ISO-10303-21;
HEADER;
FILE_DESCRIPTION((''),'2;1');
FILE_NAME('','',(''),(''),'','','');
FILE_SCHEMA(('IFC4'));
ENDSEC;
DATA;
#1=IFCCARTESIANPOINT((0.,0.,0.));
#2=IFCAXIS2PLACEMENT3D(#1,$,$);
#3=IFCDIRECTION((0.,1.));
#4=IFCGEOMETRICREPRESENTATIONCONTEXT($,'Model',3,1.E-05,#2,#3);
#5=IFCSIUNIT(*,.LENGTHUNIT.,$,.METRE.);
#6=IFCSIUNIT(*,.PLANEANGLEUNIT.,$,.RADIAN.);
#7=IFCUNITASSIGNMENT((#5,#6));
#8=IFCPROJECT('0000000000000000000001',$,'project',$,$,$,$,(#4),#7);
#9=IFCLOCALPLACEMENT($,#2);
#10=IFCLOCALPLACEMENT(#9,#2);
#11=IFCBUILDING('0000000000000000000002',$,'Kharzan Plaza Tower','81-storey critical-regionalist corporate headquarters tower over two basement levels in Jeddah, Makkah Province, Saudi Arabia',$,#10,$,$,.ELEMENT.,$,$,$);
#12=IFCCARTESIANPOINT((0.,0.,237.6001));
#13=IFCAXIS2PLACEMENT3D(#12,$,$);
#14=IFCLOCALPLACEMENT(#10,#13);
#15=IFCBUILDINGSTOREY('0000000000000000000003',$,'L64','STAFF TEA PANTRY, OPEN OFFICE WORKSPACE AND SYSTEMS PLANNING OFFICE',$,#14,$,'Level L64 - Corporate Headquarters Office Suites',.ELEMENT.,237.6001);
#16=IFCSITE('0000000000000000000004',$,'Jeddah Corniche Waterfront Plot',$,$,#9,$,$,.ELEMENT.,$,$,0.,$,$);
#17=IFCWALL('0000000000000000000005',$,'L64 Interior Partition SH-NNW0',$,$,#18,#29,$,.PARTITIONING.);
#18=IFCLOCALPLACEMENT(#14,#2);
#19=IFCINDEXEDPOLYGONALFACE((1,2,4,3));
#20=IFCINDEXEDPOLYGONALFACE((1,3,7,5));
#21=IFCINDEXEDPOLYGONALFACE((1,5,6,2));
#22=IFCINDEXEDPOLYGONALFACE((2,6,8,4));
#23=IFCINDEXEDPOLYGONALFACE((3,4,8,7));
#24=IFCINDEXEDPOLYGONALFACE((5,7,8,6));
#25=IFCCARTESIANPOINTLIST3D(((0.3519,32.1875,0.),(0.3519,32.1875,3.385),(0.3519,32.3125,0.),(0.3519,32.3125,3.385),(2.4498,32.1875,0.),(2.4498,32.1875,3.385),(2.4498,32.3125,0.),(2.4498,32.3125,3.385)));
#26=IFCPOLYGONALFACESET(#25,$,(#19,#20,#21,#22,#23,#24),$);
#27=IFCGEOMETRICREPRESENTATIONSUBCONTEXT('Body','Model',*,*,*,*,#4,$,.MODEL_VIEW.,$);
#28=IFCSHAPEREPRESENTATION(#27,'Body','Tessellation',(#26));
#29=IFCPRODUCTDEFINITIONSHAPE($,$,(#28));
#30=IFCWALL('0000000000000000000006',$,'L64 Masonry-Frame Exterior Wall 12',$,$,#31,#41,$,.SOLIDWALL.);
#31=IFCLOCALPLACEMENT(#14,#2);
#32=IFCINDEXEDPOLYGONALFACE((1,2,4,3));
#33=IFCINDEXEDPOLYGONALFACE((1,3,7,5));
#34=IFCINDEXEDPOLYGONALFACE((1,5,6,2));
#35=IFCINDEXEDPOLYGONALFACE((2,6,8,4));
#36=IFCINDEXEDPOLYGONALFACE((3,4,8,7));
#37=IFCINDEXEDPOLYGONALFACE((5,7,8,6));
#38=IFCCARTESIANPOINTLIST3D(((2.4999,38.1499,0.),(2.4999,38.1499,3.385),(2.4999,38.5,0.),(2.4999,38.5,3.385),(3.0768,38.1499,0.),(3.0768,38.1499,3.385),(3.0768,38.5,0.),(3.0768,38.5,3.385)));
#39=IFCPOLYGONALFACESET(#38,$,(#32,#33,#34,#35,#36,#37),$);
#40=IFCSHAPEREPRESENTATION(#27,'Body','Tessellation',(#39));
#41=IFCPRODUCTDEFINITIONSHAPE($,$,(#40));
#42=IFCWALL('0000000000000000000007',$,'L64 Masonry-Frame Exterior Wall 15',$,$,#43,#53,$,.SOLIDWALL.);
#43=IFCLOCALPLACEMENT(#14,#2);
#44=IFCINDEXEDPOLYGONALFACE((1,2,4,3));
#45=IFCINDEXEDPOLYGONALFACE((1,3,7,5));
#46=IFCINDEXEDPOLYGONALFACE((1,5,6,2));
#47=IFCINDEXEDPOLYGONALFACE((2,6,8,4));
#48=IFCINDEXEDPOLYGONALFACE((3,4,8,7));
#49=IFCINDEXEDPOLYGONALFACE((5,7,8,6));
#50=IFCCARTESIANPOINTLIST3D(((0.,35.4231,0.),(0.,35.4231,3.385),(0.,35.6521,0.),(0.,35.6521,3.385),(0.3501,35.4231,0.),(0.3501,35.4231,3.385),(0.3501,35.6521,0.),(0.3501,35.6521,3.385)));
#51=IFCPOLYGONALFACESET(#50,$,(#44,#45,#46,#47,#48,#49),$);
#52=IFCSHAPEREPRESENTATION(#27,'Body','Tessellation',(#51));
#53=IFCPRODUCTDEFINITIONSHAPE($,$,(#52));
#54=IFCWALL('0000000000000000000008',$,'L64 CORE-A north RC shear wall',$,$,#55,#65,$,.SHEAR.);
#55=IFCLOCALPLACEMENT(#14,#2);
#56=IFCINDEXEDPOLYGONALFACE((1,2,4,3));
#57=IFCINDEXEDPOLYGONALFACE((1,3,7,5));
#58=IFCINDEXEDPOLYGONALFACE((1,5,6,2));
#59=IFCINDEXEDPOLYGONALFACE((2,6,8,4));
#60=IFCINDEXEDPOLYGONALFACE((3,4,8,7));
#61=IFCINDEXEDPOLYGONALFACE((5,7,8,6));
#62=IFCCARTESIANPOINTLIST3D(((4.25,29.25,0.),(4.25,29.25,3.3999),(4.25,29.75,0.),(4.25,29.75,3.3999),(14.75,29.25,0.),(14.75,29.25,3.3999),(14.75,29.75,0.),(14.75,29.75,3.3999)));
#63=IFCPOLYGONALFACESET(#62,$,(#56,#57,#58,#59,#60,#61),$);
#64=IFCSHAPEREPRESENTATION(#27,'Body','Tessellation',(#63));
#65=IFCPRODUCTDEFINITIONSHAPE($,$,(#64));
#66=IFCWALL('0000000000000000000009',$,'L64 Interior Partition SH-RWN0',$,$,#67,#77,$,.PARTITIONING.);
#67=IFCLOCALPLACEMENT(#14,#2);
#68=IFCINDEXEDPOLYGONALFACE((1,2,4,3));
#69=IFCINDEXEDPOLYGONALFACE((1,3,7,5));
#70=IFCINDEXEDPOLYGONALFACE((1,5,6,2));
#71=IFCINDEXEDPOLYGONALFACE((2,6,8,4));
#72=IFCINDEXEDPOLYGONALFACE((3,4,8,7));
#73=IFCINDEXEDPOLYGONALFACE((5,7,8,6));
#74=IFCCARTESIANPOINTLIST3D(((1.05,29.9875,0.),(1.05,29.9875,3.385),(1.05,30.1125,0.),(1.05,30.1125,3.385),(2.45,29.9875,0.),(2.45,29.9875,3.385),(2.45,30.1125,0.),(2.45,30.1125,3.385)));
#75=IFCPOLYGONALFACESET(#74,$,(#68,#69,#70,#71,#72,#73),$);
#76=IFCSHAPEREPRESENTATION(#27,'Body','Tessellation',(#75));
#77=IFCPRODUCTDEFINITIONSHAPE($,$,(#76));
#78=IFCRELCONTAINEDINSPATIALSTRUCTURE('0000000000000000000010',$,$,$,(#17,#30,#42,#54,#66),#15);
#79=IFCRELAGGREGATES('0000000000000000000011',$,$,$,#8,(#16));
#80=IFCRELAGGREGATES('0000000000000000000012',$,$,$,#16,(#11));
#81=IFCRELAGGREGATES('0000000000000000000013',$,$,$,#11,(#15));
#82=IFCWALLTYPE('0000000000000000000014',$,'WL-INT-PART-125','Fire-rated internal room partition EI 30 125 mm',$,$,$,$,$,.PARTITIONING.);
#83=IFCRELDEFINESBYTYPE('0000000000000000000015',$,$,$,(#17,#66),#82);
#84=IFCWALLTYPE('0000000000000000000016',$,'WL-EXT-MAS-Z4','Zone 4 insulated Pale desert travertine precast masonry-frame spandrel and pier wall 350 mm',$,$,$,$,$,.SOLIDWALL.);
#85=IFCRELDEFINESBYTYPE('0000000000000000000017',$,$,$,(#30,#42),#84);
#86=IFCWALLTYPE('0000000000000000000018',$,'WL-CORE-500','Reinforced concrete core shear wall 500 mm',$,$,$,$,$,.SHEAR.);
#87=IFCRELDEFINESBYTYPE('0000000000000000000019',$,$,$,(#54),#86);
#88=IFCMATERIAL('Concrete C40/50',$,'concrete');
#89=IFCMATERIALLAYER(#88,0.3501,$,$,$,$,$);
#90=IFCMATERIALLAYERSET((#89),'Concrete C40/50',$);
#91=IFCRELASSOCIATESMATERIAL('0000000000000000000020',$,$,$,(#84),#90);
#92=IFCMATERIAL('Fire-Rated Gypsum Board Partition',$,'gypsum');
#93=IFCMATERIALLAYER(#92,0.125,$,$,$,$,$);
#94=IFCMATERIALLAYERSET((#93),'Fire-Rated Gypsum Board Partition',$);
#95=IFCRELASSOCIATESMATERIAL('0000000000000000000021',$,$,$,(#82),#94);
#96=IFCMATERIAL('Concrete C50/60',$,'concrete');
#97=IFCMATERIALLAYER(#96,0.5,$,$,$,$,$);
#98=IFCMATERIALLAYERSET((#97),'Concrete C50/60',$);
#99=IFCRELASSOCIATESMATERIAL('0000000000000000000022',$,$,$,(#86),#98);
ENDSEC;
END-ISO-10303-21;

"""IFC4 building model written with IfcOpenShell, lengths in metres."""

from ifc_helpers import new_model, si_unit, direction, frame, frame_2d, origin, place, context, subcontext, project, spatial, rectangle, extrude, source, transform, mapped, material, layer, layer_set, type_object, element, save


model = new_model("IFC4")

# Units and contexts
model_context = context("Model", 3, precision=1e-05, world=origin(), true_north=direction((0.0, 1.0)))
body_context = subcontext(model_context, "Body", "Model", "MODEL_VIEW")
ifc_project = project(units=[si_unit("LENGTHUNIT", "METRE"), si_unit("PLANEANGLEUNIT", "RADIAN")], contexts=[model_context])

# Site, building, storey
site_placement = place(None, origin())
site = spatial("IfcSite", under=ifc_project, at=site_placement, Name="Jeddah Corniche Waterfront Plot", CompositionType="ELEMENT", RefElevation=0.0)
building_placement = place(site_placement, origin())
building = spatial("IfcBuilding", under=site, at=building_placement, Name="Kharzan Plaza Tower", Description="81-storey critical-regionalist corporate headquarters tower over two basement levels in Jeddah, Makkah Province, Saudi Arabia", CompositionType="ELEMENT")
storey_placement = place(building_placement, frame((0.0, 0.0, 237.6001)))
storey = spatial("IfcBuildingStorey", under=building, at=storey_placement, Name="L64", Description="STAFF TEA PANTRY, OPEN OFFICE WORKSPACE AND SYSTEMS PLANNING OFFICE", LongName="Level L64 - Corporate Headquarters Office Suites", CompositionType="ELEMENT", Elevation=237.6001)

# Shared definitions
ifc_material_1 = material(Name="Concrete C50/60", Category="concrete")

# Shared definitions
ifc_material_2 = material(Name="Concrete C40/50", Category="concrete")
ifc_layer_1 = layer(ifc_material_2, 0.3501)
ifc_layer_set_1 = layer_set([ifc_layer_1], Name="Concrete C40/50")
wall_type_1 = type_object("IfcWallType", Name="WL-EXT-MAS-Z4", Description="Zone 4 insulated Pale desert travertine precast masonry-frame spandrel and pier wall 350 mm", PredefinedType="SOLIDWALL", material=ifc_layer_set_1)

# Shared definitions
ifc_material_3 = material(Name="Fire-Rated Gypsum Board Partition", Category="gypsum")
ifc_layer_2 = layer(ifc_material_3, 0.125)
ifc_layer_set_2 = layer_set([ifc_layer_2], Name="Fire-Rated Gypsum Board Partition")
wall_type_2 = type_object("IfcWallType", Name="WL-INT-PART-125", Description="Fire-rated internal room partition EI 30 125 mm", PredefinedType="PARTITIONING", material=ifc_layer_set_2)

# Walls
shared_shape_1 = source(origin(), body_context, "Body", "SweptSolid", [
    extrude(rectangle(XDim=2.0979, YDim=0.125, at=frame_2d((1.0488, 0.0))), origin(), (0.0, 0.0, 1.0), 3.385),
])
wall_1_placement = place(storey_placement, frame((0.3521, 32.25, 0.0), z_axis=(0.0, 0.0, 1.0), x_axis=(1.0, 0.0, 0.0)))
element("IfcWall", 1, at=wall_1_placement, inside=storey, type_object=wall_type_2, Name="L64 Interior Partition SH-NNW0", PredefinedType="PARTITIONING", context=body_context, shape_type="MappedRepresentation", body=[
    mapped(shared_shape_1, transform((0.0, 0.0, 0.0), x_axis=(1.0, 0.0, 0.0), y_axis=(0.0, 1.0, 0.0), z_axis=(0.0, 0.0, 1.0))),
])
shared_shape_2 = source(origin(), body_context, "Body", "SweptSolid", [
    extrude(rectangle(XDim=0.5769, YDim=0.3501, at=frame_2d((0.2886, 0.0))), origin(), (0.0, 0.0, 1.0), 3.385),
])
wall_2_placement = place(storey_placement, frame((3.0769, 38.325, 0.0), z_axis=(0.0, 0.0, 1.0), x_axis=(-1.0, 0.0, 0.0)))
element("IfcWall", 2, at=wall_2_placement, inside=storey, type_object=wall_type_1, Name="L64 Masonry-Frame Exterior Wall 12", PredefinedType="SOLIDWALL", context=body_context, shape_type="MappedRepresentation", body=[
    mapped(shared_shape_2, transform((0.0, 0.0, 0.0), x_axis=(1.0, 0.0, 0.0), y_axis=(0.0, 1.0, 0.0), z_axis=(0.0, 0.0, 1.0))),
])
shared_shape_3 = source(origin(), body_context, "Body", "SweptSolid", [
    extrude(rectangle(XDim=0.229, YDim=0.3501, at=frame_2d((0.1145, 0.0))), origin(), (0.0, 0.0, 1.0), 3.385),
])
wall_3_placement = place(storey_placement, frame((0.175, 35.6521, 0.0), z_axis=(0.0, 0.0, 1.0), x_axis=(0.0, -1.0, 0.0)))
element("IfcWall", 3, at=wall_3_placement, inside=storey, type_object=wall_type_1, Name="L64 Masonry-Frame Exterior Wall 15", PredefinedType="SOLIDWALL", context=body_context, shape_type="MappedRepresentation", body=[
    mapped(shared_shape_3, transform((0.0, 0.0, 0.0), x_axis=(1.0, 0.0, 0.0), y_axis=(0.0, 1.0, 0.0), z_axis=(0.0, 0.0, 1.0))),
])
ifc_layer_3 = layer(ifc_material_1, 0.5)
ifc_layer_set_3 = layer_set([ifc_layer_3], Name="Concrete C50/60")
wall_type_3 = type_object("IfcWallType", Name="WL-CORE-500", Description="Reinforced concrete core shear wall 500 mm", PredefinedType="SHEAR", material=ifc_layer_set_3)
shared_shape_4 = source(origin(), body_context, "Body", "SweptSolid", [
    extrude(rectangle(XDim=10.5, YDim=0.5, at=frame_2d((5.25, 0.0))), origin(), (0.0, 0.0, 1.0), 3.3999),
])
wall_4_placement = place(storey_placement, frame((4.25, 29.5, 0.0), z_axis=(0.0, 0.0, 1.0), x_axis=(1.0, 0.0, 0.0)))
element("IfcWall", 4, at=wall_4_placement, inside=storey, type_object=wall_type_3, Name="L64 CORE-A north RC shear wall", PredefinedType="SHEAR", context=body_context, shape_type="MappedRepresentation", body=[
    mapped(shared_shape_4, transform((0.0, 0.0, 0.0), x_axis=(1.0, 0.0, 0.0), y_axis=(0.0, 1.0, 0.0), z_axis=(0.0, 0.0, 1.0))),
])
shared_shape_5 = source(origin(), body_context, "Body", "SweptSolid", [
    extrude(rectangle(XDim=1.3999, YDim=0.125, at=frame_2d((0.7, 0.0))), origin(), (0.0, 0.0, 1.0), 3.385),
])
wall_5_placement = place(storey_placement, frame((1.05, 30.05, 0.0), z_axis=(0.0, 0.0, 1.0), x_axis=(1.0, 0.0, 0.0)))
element("IfcWall", 5, at=wall_5_placement, inside=storey, type_object=wall_type_2, Name="L64 Interior Partition SH-RWN0", PredefinedType="PARTITIONING", context=body_context, shape_type="MappedRepresentation", body=[
    mapped(shared_shape_5, transform((0.0, 0.0, 0.0), x_axis=(1.0, 0.0, 0.0), y_axis=(0.0, 1.0, 0.0), z_axis=(0.0, 0.0, 1.0))),
])

save(model, "model.ifc")
